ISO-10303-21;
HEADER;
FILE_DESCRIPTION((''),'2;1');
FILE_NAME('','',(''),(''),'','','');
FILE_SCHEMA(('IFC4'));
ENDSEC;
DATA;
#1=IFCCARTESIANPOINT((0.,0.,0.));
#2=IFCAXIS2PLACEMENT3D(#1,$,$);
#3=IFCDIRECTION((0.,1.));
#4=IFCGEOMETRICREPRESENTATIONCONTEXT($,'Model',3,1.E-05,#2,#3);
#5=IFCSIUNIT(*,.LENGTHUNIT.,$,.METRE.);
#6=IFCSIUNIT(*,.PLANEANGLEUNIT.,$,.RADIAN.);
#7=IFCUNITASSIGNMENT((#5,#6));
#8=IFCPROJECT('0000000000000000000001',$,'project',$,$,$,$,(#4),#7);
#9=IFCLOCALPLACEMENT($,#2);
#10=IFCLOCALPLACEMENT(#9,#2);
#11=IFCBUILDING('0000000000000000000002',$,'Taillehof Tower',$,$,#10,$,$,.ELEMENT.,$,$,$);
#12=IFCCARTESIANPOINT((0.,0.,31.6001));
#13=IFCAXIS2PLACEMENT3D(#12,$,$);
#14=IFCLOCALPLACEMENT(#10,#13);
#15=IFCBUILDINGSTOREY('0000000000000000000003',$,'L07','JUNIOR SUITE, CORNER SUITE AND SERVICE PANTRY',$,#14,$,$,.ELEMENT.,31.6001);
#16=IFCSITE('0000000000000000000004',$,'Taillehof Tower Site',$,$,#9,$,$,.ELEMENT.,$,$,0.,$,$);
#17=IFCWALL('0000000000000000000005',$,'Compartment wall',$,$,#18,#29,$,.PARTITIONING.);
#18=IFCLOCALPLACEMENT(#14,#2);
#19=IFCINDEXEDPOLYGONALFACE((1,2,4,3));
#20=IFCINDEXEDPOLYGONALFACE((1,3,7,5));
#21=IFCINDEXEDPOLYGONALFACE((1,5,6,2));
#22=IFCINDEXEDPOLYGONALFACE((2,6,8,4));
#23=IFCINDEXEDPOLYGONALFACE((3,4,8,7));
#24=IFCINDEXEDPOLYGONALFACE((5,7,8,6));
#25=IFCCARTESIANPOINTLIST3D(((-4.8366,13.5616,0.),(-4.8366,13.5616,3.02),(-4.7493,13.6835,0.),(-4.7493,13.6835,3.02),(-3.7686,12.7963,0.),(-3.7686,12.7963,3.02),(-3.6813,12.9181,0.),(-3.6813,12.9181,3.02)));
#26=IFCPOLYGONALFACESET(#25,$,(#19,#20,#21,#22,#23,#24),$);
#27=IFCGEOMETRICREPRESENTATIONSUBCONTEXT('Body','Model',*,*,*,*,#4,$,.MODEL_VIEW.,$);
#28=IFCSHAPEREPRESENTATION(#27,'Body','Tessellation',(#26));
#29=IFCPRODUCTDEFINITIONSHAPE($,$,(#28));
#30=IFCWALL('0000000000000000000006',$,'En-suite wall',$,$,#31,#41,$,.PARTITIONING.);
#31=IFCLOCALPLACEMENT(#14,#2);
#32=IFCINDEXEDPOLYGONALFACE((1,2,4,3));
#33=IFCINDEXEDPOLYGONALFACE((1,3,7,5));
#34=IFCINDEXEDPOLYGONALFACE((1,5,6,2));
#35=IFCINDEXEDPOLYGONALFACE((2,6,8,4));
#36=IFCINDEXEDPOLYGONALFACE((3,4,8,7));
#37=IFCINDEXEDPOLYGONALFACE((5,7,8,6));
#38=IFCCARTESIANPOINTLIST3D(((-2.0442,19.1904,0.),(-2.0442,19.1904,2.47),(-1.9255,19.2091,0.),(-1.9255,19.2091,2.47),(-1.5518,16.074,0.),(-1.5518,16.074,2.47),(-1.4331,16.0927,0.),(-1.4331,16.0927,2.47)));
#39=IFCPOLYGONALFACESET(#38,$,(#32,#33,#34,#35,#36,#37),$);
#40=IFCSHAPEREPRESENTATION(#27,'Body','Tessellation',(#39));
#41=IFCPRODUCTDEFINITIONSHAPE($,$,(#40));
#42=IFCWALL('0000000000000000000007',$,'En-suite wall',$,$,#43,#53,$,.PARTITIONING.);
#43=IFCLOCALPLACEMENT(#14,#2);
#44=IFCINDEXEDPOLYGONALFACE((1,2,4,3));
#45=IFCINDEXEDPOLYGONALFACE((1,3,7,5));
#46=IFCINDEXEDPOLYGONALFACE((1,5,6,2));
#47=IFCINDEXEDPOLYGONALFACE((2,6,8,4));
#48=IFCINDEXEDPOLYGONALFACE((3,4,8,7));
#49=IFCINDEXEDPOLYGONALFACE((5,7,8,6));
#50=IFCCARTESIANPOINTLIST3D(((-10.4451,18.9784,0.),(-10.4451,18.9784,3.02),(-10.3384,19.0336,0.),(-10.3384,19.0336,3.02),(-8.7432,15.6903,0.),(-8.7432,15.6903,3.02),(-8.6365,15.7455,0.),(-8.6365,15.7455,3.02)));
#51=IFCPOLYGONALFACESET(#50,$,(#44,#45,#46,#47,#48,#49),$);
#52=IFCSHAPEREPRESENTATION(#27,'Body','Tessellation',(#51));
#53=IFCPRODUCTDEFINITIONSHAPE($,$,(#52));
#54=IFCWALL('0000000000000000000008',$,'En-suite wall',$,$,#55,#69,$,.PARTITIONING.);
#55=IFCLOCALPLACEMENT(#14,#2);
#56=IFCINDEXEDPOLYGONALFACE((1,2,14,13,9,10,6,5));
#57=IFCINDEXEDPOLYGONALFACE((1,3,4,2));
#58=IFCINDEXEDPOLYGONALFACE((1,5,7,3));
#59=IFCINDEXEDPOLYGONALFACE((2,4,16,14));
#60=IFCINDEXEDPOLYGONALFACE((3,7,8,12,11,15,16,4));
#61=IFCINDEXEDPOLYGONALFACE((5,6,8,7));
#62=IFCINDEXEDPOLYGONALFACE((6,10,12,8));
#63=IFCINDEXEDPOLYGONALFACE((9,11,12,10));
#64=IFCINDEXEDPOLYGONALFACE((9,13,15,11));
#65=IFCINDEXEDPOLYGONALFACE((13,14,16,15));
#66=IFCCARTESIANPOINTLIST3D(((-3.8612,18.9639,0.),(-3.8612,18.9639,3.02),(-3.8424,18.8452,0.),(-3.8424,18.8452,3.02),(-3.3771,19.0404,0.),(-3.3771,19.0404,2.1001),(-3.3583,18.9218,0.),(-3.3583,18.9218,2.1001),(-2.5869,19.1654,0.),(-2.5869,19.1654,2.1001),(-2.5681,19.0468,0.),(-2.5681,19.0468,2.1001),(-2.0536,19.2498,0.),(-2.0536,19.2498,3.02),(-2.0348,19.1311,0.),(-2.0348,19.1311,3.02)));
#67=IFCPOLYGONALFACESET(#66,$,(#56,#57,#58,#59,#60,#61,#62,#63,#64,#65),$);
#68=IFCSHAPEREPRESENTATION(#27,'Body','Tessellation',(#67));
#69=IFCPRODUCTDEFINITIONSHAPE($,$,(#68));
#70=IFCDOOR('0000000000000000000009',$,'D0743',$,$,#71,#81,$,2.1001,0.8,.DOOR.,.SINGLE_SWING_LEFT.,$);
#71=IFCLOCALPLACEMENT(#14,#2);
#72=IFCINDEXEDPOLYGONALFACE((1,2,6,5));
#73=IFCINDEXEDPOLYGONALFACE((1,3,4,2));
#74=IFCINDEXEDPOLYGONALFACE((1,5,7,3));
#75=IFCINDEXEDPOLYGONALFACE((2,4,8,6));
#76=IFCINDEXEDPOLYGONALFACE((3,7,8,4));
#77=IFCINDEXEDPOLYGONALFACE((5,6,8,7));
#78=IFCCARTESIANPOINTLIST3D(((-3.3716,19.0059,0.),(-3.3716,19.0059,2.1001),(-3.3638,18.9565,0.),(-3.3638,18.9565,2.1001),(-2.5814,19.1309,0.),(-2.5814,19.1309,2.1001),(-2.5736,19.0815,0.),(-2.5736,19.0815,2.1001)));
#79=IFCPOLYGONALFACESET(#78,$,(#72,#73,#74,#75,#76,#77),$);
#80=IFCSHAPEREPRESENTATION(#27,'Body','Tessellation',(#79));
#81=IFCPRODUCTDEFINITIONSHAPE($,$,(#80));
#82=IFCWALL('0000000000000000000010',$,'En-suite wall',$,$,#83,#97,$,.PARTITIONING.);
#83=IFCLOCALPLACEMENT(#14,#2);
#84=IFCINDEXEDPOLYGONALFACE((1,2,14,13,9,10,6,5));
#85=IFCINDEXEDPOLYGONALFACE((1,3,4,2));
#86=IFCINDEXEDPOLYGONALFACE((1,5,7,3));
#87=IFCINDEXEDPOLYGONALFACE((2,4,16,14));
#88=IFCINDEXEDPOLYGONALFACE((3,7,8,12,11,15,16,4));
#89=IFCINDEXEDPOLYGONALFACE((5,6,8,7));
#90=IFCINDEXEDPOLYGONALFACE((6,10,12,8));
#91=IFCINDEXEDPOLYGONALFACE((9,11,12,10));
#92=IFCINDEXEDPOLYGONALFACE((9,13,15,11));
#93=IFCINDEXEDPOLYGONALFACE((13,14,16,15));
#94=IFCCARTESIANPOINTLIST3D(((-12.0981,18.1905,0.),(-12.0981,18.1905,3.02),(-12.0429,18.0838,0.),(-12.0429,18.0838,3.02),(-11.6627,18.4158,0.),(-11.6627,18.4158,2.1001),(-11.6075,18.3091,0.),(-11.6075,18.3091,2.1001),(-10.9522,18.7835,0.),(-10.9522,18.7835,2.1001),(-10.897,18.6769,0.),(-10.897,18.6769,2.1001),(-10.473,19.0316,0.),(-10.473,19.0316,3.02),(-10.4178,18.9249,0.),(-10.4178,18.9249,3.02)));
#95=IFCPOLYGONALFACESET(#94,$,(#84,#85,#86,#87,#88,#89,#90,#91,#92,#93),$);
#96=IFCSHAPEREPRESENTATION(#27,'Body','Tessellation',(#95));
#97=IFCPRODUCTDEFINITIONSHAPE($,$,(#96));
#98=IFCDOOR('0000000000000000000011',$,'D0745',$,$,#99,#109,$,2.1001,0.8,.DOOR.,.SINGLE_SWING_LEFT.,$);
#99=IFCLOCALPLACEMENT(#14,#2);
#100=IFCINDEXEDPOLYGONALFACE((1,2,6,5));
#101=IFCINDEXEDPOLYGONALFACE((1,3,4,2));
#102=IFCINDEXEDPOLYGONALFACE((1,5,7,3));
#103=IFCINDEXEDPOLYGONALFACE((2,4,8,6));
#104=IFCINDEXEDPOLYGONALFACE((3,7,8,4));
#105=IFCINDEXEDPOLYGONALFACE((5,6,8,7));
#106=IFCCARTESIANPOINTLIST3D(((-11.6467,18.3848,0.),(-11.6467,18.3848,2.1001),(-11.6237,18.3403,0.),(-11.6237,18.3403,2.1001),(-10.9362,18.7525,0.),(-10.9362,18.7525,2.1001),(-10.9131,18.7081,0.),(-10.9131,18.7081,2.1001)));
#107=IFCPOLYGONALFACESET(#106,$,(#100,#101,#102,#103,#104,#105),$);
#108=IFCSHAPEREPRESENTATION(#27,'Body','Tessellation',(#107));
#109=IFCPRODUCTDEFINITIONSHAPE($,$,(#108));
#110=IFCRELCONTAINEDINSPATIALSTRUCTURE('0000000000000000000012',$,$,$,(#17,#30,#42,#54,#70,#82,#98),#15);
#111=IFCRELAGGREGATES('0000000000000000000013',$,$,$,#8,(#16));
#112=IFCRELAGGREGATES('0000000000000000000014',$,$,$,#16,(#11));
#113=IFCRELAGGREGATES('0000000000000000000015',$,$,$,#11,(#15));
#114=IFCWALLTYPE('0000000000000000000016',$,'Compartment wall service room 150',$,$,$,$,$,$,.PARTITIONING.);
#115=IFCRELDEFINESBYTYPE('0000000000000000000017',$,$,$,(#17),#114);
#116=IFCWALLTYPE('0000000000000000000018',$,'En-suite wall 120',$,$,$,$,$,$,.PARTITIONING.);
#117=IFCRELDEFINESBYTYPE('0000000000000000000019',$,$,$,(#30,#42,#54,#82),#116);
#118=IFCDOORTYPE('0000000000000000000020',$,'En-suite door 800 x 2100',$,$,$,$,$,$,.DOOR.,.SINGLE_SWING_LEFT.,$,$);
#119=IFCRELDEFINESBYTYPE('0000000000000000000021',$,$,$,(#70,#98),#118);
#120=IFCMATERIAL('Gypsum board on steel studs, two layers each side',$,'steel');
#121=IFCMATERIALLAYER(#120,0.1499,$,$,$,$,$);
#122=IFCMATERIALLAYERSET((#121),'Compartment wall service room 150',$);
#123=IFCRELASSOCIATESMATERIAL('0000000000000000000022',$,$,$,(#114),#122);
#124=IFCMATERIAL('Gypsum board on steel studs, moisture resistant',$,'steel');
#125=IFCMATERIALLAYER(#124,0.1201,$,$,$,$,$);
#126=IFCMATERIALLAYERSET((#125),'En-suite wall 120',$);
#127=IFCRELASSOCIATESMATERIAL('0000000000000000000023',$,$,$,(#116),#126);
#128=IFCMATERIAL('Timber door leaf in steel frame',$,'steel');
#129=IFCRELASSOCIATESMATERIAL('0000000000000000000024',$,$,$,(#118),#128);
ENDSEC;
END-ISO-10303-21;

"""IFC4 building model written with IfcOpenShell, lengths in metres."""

from ifc_helpers import new_model, si_unit, direction, frame, frame_2d, origin, place, context, subcontext, project, spatial, rectangle, extrude, material, layer, layer_set, type_object, element, fill, save


model = new_model("IFC4")

# Units and contexts
model_context = context("Model", 3, precision=1e-05, world=origin(), true_north=direction((0.0, 1.0)))
body_context = subcontext(model_context, "Body", "Model", "MODEL_VIEW")
ifc_project = project(units=[si_unit("LENGTHUNIT", "METRE"), si_unit("PLANEANGLEUNIT", "RADIAN")], contexts=[model_context])

# Site, building, storey
site_placement = place(None, origin())
site = spatial("IfcSite", under=ifc_project, at=site_placement, Name="Taillehof Tower Site", CompositionType="ELEMENT", RefElevation=0.0)
building_placement = place(site_placement, origin())
building = spatial("IfcBuilding", under=site, at=building_placement, Name="Taillehof Tower", CompositionType="ELEMENT")
storey_placement = place(building_placement, frame((0.0, 0.0, 31.6001)))
storey = spatial("IfcBuildingStorey", under=building, at=storey_placement, Name="L07", Description="JUNIOR SUITE, CORNER SUITE AND SERVICE PANTRY", CompositionType="ELEMENT", Elevation=31.6001)

# Walls
ifc_material_1 = material(Name="Gypsum board on steel studs, two layers each side", Category="steel")
ifc_layer_1 = layer(ifc_material_1, 0.1499)
ifc_layer_set_1 = layer_set([ifc_layer_1], Name="Compartment wall service room 150")
wall_type_1 = type_object("IfcWallType", Name="Compartment wall service room 150", PredefinedType="PARTITIONING", material=ifc_layer_set_1)
wall_1_placement = place(storey_placement, frame((-4.793, 13.6226, 0.0), z_axis=(0.0, 0.0, 1.0), x_axis=(0.812854, -0.582468, 0.0)))
element("IfcWall", 1, at=wall_1_placement, inside=storey, type_object=wall_type_1, Name="Compartment wall", PredefinedType="PARTITIONING", context=body_context, shape_type="SweptSolid", body=[
    extrude(rectangle(XDim=1.314, YDim=0.1499, at=frame_2d((0.657, 0.0))), origin(), (0.0, 0.0, 1.0), 3.02),
])
ifc_material_2 = material(Name="Gypsum board on steel studs, moisture resistant", Category="steel")
ifc_layer_2 = layer(ifc_material_2, 0.1201)
ifc_layer_set_2 = layer_set([ifc_layer_2], Name="En-suite wall 120")
wall_type_2 = type_object("IfcWallType", Name="En-suite wall 120", PredefinedType="PARTITIONING", material=ifc_layer_set_2)
wall_2_placement = place(storey_placement, frame((-1.4924, 16.0833, 0.0), z_axis=(0.0, 0.0, 1.0), x_axis=(-0.156074, 0.987745, 0.0)))
element("IfcWall", 2, at=wall_2_placement, inside=storey, type_object=wall_type_2, Name="En-suite wall", PredefinedType="PARTITIONING", context=body_context, shape_type="SweptSolid", body=[
    extrude(rectangle(XDim=3.155, YDim=0.1201, at=frame_2d((1.5776, 0.0))), origin(), (0.0, 0.0, 1.0), 2.47),
])
wall_3_placement = place(storey_placement, frame((-8.6899, 15.718, 0.0), z_axis=(0.0, 0.0, 1.0), x_axis=(-0.459672, 0.888089, 0.0)))
element("IfcWall", 3, at=wall_3_placement, inside=storey, type_object=wall_type_2, Name="En-suite wall", PredefinedType="PARTITIONING", context=body_context, shape_type="SweptSolid", body=[
    extrude(rectangle(XDim=3.7024, YDim=0.1201, at=frame_2d((1.8511, 0.0))), origin(), (0.0, 0.0, 1.0), 3.02),
])

# Walls, openings, doors
wall_4_placement = place(storey_placement, frame((-2.0442, 19.1904, 0.0), z_axis=(0.0, 0.0, 1.0), x_axis=(-0.987723, -0.156216, 0.0)))
wall_4 = element("IfcWall", 4, at=wall_4_placement, inside=storey, type_object=wall_type_2, Name="En-suite wall", PredefinedType="PARTITIONING", context=body_context, shape_type="SweptSolid", body=[
    extrude(rectangle(XDim=1.8301, YDim=0.1201, at=frame_2d((0.915, 0.0))), origin(), (0.0, 0.0, 1.0), 3.02),
])
opening_1_placement = place(wall_4_placement, frame((0.54, 0.0, 0.0)))
opening_1 = element("IfcOpeningElement", 5, at=opening_1_placement, cuts=wall_4, PredefinedType="OPENING", context=body_context, shape_type="SweptSolid", body=[
    extrude(rectangle(XDim=0.8, YDim=2.1001, at=frame_2d((0.3999, 1.05))), frame((0.0, 0.0701, 0.0), z_axis=(0.0, -1.0, 0.0), x_axis=(1.0, 0.0, 0.0)), (0.0, 0.0, 1.0), 0.1401),
])
ifc_material_3 = material(Name="Timber door leaf in steel frame", Category="steel")
door_type_1 = type_object("IfcDoorType", Name="En-suite door 800 x 2100", OperationType="SINGLE_SWING_LEFT", PredefinedType="DOOR", material=ifc_material_3)
door_1_placement = place(opening_1_placement, origin())
door_1 = element("IfcDoor", 6, at=door_1_placement, inside=storey, type_object=door_type_1, Name="D0743", OperationType="SINGLE_SWING_LEFT", OverallHeight=2.1001, OverallWidth=0.8, PredefinedType="DOOR", context=body_context, shape_type="SweptSolid", body=[
    extrude(rectangle(XDim=0.8, YDim=2.1001, at=frame_2d((0.3999, 1.05))), frame((0.0, 0.0249, 0.0), z_axis=(0.0, -1.0, 0.0), x_axis=(1.0, 0.0, 0.0)), (0.0, 0.0, 1.0), 0.05),
])
fill(opening_1, door_1)
wall_5_placement = place(storey_placement, frame((-10.4453, 18.9783, 0.0), z_axis=(0.0, 0.0, 1.0), x_axis=(-0.888096, -0.459659, 0.0)))
wall_5 = element("IfcWall", 7, at=wall_5_placement, inside=storey, type_object=wall_type_2, Name="En-suite wall", PredefinedType="PARTITIONING", context=body_context, shape_type="SweptSolid", body=[
    extrude(rectangle(XDim=1.8298, YDim=0.1201, at=frame_2d((0.915, 0.0))), origin(), (0.0, 0.0, 1.0), 3.02),
])
opening_2_placement = place(wall_5_placement, frame((0.5398, 0.0, 0.0)))
opening_2 = element("IfcOpeningElement", 8, at=opening_2_placement, cuts=wall_5, PredefinedType="OPENING", context=body_context, shape_type="SweptSolid", body=[
    extrude(rectangle(XDim=0.8, YDim=2.1001, at=frame_2d((0.3999, 1.05))), frame((0.0, 0.0701, 0.0), z_axis=(0.0, -1.0, 0.0), x_axis=(1.0, 0.0, 0.0)), (0.0, 0.0, 1.0), 0.1401),
])
door_2_placement = place(opening_2_placement, origin())
door_2 = element("IfcDoor", 9, at=door_2_placement, inside=storey, type_object=door_type_1, Name="D0745", OperationType="SINGLE_SWING_LEFT", OverallHeight=2.1001, OverallWidth=0.8, PredefinedType="DOOR", context=body_context, shape_type="SweptSolid", body=[
    extrude(rectangle(XDim=0.8, YDim=2.1001, at=frame_2d((0.3999, 1.05))), frame((0.0, 0.0249, 0.0), z_axis=(0.0, -1.0, 0.0), x_axis=(1.0, 0.0, 0.0)), (0.0, 0.0, 1.0), 0.05),
])
fill(opening_2, door_2)

save(model, "model.ifc")
